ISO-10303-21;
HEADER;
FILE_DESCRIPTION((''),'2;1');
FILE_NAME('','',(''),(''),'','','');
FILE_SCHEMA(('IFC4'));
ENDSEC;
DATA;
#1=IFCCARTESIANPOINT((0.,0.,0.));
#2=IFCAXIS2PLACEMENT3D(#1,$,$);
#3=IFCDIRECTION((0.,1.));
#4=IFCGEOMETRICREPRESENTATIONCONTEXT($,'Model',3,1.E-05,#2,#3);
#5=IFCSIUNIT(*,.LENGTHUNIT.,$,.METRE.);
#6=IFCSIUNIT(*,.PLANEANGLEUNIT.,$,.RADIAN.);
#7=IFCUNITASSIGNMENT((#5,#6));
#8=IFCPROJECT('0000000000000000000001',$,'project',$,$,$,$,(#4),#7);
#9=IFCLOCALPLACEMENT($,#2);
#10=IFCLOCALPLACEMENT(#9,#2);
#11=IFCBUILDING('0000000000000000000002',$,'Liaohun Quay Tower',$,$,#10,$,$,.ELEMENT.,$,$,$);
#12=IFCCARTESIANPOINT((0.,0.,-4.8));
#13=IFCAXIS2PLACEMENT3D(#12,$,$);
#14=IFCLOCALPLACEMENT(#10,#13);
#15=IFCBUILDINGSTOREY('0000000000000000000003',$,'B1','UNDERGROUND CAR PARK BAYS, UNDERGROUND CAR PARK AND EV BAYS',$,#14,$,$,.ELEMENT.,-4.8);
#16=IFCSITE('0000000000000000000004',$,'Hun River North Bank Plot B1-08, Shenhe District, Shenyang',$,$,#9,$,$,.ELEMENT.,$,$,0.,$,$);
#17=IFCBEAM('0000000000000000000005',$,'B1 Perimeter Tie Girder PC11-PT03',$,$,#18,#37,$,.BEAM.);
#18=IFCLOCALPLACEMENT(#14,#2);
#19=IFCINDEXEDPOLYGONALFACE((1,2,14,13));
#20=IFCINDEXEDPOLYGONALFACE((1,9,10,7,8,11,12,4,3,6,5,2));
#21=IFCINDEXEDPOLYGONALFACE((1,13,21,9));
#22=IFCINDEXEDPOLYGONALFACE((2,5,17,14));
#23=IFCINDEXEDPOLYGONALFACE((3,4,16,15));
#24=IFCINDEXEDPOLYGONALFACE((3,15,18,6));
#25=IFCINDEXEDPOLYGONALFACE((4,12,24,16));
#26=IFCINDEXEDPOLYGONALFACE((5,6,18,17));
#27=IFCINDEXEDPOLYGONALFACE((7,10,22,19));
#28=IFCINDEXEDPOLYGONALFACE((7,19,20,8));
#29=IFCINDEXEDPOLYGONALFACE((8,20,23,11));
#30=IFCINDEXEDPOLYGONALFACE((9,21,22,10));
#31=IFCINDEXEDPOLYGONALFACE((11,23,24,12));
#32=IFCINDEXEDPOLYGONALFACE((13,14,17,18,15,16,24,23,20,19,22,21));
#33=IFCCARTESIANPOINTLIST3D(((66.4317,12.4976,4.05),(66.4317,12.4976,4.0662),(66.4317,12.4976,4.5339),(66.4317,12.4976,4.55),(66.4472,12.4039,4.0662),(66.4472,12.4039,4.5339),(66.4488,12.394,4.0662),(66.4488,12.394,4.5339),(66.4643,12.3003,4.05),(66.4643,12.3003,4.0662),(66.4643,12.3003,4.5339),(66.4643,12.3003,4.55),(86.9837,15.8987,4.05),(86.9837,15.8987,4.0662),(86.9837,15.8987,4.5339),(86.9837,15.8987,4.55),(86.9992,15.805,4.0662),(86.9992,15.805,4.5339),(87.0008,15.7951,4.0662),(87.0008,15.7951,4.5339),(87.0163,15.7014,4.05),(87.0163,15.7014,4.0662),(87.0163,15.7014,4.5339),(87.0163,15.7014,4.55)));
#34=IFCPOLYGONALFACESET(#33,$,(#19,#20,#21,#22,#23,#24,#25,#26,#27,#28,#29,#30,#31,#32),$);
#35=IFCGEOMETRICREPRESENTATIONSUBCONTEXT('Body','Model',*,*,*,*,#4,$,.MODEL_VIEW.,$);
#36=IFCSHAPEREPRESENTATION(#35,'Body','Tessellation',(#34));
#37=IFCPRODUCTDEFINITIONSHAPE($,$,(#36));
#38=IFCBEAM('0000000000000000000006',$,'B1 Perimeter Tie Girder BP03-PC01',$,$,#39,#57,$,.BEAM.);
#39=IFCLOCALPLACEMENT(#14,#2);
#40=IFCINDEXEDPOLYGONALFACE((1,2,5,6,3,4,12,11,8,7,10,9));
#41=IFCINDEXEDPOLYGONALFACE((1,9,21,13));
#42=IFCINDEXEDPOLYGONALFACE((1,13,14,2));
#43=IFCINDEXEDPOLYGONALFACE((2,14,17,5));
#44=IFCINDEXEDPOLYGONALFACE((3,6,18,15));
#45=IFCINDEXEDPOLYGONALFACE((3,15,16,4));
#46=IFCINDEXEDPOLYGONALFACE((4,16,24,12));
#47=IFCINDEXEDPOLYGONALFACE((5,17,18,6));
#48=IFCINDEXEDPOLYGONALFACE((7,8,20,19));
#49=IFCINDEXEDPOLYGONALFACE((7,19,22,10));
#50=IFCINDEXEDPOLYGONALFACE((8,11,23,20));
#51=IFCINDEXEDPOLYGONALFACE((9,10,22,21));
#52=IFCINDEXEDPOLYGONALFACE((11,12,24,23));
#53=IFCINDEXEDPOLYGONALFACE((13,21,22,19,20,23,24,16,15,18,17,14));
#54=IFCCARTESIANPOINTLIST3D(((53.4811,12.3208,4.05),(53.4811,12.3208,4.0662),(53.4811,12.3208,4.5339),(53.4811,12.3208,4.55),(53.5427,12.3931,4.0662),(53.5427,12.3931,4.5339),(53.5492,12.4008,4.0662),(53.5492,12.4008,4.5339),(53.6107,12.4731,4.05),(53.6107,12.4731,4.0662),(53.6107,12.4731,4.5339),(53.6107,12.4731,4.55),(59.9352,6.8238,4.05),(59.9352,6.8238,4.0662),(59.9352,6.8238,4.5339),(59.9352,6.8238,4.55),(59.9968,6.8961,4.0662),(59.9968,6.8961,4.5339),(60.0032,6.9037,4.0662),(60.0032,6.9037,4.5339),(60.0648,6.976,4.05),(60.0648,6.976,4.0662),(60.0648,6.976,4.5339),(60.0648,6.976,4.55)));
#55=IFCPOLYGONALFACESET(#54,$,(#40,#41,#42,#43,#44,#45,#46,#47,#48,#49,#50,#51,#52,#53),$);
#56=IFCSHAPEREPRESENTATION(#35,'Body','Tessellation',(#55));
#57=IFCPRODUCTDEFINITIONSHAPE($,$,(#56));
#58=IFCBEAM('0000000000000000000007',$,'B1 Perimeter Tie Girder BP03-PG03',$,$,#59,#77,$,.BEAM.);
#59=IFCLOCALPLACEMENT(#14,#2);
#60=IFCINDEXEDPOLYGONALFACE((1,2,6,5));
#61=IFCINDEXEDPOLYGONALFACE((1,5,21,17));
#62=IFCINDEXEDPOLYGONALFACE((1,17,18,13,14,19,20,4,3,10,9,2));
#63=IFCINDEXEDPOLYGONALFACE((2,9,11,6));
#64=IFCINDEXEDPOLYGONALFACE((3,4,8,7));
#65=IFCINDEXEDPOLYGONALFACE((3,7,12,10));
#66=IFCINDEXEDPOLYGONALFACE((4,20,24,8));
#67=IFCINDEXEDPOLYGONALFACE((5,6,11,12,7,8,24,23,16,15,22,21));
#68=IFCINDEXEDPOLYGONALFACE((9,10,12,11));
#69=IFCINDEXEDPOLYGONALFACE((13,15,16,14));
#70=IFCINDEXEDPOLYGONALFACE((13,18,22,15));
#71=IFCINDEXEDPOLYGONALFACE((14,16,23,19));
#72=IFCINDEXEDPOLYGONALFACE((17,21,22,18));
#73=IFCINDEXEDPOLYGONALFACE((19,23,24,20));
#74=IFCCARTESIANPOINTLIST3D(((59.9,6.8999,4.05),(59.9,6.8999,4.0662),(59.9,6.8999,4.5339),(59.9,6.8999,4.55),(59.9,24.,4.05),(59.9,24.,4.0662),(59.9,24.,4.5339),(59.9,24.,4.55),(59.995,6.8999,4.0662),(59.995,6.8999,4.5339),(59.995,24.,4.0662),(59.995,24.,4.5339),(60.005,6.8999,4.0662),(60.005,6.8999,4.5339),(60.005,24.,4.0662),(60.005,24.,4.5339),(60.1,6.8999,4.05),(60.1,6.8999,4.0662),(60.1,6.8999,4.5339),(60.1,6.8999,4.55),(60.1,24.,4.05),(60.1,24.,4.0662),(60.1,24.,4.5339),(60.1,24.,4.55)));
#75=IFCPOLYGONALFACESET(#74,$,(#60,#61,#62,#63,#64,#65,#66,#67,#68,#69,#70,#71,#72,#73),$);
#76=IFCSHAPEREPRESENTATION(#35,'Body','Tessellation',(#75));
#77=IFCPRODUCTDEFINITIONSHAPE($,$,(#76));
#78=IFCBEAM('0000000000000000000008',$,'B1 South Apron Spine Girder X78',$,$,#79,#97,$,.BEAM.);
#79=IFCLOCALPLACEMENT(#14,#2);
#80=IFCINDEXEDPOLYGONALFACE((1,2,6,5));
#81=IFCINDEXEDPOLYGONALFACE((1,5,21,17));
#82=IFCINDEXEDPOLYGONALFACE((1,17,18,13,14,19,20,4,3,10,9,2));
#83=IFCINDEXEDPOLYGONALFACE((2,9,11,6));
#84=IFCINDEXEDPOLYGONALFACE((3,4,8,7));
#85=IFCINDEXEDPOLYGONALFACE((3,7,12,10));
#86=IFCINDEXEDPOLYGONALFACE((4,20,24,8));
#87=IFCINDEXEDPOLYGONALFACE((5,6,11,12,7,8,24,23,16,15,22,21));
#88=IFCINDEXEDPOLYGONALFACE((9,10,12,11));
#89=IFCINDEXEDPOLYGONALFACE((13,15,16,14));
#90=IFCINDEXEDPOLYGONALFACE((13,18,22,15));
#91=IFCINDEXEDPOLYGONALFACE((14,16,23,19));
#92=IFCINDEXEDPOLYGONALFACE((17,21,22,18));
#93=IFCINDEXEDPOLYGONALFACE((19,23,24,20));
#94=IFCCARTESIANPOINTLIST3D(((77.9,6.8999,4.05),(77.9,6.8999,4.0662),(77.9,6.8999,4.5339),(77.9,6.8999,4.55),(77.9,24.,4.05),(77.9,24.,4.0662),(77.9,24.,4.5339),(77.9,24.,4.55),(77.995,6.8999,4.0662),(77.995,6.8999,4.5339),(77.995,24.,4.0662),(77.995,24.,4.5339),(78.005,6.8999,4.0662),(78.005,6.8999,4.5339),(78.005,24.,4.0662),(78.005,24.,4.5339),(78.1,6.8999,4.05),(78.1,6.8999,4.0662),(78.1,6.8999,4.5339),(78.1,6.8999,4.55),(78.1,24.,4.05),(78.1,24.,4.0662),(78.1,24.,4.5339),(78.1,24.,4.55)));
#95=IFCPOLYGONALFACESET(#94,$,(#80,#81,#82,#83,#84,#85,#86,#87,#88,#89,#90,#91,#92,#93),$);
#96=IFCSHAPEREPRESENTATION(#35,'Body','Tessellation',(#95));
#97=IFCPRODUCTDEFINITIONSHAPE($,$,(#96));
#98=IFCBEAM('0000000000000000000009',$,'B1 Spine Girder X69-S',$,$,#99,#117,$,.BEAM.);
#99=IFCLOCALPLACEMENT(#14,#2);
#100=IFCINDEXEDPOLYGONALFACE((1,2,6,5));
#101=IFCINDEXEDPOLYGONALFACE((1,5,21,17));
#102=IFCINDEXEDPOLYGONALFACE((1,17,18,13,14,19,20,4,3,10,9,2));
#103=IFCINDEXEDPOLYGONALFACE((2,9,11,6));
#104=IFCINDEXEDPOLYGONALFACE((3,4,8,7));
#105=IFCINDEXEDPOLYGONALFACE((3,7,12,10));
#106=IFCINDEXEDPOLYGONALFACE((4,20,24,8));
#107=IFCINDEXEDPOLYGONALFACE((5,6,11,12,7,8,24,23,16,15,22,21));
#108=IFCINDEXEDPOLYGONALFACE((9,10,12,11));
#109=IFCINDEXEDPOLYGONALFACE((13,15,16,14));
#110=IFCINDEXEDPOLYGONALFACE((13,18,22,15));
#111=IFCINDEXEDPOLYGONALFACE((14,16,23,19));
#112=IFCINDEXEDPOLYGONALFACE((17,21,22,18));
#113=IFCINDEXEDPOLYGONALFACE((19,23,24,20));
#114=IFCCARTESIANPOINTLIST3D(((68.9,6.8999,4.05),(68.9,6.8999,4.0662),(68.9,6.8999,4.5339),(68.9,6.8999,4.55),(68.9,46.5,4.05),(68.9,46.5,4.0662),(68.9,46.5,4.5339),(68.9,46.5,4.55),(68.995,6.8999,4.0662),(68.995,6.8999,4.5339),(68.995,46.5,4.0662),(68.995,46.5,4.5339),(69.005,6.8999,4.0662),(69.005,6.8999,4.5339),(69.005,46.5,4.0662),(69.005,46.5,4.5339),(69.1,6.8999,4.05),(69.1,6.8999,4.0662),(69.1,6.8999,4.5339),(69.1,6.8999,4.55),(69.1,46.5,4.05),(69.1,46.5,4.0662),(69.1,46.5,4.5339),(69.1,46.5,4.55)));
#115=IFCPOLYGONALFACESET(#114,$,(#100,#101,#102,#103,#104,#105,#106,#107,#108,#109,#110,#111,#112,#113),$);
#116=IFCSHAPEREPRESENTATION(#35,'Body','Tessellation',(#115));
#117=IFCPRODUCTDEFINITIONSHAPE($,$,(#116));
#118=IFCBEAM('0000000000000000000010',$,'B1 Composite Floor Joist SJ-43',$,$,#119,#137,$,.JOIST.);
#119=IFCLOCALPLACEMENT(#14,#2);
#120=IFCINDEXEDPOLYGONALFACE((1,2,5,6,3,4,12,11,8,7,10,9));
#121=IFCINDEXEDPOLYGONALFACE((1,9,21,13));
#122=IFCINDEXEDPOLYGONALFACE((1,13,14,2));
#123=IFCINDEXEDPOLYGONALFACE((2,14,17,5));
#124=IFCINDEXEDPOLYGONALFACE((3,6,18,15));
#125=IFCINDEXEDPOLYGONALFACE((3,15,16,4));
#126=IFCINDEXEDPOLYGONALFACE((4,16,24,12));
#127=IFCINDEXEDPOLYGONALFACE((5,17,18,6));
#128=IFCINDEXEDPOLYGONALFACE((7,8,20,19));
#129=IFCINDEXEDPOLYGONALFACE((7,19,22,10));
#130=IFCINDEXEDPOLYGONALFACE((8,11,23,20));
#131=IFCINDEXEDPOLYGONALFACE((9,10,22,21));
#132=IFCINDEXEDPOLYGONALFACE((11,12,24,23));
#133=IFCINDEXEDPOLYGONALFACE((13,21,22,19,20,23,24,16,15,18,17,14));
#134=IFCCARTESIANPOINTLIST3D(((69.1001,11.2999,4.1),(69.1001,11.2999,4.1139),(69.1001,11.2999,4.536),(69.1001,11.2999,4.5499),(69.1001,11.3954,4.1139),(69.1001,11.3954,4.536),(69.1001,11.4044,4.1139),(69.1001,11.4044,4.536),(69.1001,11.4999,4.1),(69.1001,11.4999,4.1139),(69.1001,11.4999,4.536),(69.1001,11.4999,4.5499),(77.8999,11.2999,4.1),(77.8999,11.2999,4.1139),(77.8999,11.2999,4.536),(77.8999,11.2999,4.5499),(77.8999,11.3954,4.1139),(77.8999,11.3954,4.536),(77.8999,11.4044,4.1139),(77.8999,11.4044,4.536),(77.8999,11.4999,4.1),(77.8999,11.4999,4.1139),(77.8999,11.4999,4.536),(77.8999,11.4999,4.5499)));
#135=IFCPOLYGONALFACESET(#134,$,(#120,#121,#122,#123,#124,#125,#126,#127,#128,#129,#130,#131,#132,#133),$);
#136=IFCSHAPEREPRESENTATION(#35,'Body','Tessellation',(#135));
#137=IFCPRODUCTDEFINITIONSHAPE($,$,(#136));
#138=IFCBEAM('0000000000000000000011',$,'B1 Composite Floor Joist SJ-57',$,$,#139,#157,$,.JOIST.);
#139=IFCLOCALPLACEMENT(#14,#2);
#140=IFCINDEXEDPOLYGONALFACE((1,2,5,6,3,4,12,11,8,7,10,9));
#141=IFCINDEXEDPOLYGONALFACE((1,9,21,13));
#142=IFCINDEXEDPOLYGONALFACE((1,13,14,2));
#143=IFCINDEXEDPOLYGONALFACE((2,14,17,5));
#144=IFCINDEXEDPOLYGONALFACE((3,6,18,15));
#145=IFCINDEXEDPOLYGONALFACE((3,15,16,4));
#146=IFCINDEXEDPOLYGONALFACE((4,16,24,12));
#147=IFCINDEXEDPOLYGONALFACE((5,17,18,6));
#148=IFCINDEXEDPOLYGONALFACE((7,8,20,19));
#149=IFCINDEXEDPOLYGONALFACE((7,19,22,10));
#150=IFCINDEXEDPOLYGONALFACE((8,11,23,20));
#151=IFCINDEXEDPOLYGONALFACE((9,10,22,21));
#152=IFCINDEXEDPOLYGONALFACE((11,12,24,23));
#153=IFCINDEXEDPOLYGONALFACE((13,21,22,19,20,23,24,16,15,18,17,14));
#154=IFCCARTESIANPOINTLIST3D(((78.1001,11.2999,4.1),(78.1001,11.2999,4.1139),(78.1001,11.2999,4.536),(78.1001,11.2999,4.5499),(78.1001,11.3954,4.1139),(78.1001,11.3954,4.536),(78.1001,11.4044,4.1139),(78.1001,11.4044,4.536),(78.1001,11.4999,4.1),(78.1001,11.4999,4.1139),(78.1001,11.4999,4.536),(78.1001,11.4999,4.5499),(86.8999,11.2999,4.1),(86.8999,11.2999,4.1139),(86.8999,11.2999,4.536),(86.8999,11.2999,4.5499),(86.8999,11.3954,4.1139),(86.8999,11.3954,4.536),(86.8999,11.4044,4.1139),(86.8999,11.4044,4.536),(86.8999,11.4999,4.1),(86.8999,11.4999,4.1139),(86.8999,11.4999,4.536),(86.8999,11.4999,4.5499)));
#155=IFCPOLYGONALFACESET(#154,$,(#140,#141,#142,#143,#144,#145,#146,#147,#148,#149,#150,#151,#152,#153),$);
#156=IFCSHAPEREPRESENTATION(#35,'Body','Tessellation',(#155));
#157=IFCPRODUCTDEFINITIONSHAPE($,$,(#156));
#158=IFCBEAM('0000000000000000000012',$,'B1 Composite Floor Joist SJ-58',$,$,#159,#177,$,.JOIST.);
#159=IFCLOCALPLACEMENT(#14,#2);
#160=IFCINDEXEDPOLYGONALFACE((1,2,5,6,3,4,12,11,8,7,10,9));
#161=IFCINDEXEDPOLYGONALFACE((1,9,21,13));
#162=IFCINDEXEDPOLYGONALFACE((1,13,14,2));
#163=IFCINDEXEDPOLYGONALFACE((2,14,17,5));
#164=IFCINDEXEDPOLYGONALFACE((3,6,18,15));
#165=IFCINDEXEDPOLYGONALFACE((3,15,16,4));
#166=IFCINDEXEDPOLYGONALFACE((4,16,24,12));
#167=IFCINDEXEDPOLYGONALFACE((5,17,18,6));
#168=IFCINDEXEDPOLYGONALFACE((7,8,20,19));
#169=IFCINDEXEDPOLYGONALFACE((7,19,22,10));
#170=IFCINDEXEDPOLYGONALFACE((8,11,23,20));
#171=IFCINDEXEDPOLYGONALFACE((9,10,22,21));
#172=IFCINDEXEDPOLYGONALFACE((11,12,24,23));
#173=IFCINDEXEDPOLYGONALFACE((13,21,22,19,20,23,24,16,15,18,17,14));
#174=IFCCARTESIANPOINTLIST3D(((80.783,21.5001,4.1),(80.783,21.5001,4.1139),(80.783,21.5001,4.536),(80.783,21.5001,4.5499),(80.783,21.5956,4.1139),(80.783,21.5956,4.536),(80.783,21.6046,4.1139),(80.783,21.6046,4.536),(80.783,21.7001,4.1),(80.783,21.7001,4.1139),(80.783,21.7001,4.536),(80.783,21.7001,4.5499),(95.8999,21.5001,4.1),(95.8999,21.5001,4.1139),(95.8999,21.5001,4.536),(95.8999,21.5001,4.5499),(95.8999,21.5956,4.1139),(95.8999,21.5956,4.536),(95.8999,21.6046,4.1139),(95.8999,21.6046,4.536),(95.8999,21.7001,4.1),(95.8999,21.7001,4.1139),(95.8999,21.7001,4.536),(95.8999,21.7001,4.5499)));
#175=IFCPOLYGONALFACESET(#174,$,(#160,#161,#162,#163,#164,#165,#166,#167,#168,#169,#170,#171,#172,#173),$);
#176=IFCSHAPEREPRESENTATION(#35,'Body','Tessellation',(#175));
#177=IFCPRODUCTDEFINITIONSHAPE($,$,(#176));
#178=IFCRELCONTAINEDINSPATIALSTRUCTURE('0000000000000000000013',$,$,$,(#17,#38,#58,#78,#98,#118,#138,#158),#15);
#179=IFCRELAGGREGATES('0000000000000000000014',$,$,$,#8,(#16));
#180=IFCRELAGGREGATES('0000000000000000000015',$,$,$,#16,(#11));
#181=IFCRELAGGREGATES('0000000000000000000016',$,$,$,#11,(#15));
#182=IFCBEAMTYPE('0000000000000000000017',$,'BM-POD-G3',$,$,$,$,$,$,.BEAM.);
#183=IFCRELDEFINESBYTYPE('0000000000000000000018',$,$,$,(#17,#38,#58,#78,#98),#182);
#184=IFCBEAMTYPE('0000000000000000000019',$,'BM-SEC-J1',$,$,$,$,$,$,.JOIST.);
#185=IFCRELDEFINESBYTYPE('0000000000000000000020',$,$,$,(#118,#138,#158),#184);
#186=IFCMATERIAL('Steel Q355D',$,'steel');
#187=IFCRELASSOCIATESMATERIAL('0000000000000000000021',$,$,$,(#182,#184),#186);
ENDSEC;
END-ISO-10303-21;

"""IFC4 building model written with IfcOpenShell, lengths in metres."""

from ifc_helpers import new_model, si_unit, direction, frame, origin, origin_2d, place, context, subcontext, project, spatial, i_section, extrude, source, transform, mapped, material, material_profile, profile_set, type_object, element, save


model = new_model("IFC4")

# Units and contexts
model_context = context("Model", 3, precision=1e-05, world=origin(), true_north=direction((0.0, 1.0)))
body_context = subcontext(model_context, "Body", "Model", "MODEL_VIEW")
ifc_project = project(units=[si_unit("LENGTHUNIT", "METRE"), si_unit("PLANEANGLEUNIT", "RADIAN")], contexts=[model_context])

# Site, building, storey
site_placement = place(None, origin())
site = spatial("IfcSite", under=ifc_project, at=site_placement, Name="Hun River North Bank Plot B1-08, Shenhe District, Shenyang", CompositionType="ELEMENT", RefElevation=0.0)
building_placement = place(site_placement, origin())
building = spatial("IfcBuilding", under=site, at=building_placement, Name="Liaohun Quay Tower", CompositionType="ELEMENT")
storey_placement = place(building_placement, frame((0.0, 0.0, -4.8)))
storey = spatial("IfcBuildingStorey", under=building, at=storey_placement, Name="B1", Description="UNDERGROUND CAR PARK BAYS, UNDERGROUND CAR PARK AND EV BAYS", CompositionType="ELEMENT", Elevation=-4.8)

# Beams
ifc_material_1 = material(Name="Steel Q355D", Category="steel")
ifc_material_profile_1 = material_profile(ifc_material_1, i_section(OverallWidth=0.2, OverallDepth=0.5, WebThickness=0.01, FlangeThickness=0.0161, at=origin_2d()), Name="HN500x200x10x16")
ifc_profile_set_1 = profile_set([ifc_material_profile_1], Name="Steel Q355D")
beam_type_1 = type_object("IfcBeamType", Name="BM-POD-G3", PredefinedType="BEAM", material=ifc_profile_set_1)
shared_shape_1 = source(origin(), body_context, "Body", "SweptSolid", [
    extrude(i_section(OverallWidth=0.2, OverallDepth=0.5, WebThickness=0.01, FlangeThickness=0.0161, at=origin_2d()), origin(), (0.0, 0.0, 1.0), 20.8315),
])
beam_1_placement = place(storey_placement, frame((66.448, 12.3989, 4.3), z_axis=(0.986582, 0.163268, 0.0), x_axis=(-0.163268, 0.986582, 0.0)))
element("IfcBeam", 1, at=beam_1_placement, inside=storey, type_object=beam_type_1, Name="B1 Perimeter Tie Girder PC11-PT03", PredefinedType="BEAM", context=body_context, shape_type="MappedRepresentation", body=[
    mapped(shared_shape_1, transform((0.0, 0.0, 0.0), x_axis=(1.0, 0.0, 0.0), y_axis=(0.0, 1.0, 0.0), z_axis=(0.0, 0.0, 1.0), scale=1.0)),
])
shared_shape_2 = source(origin(), body_context, "Body", "SweptSolid", [
    extrude(i_section(OverallWidth=0.2, OverallDepth=0.5, WebThickness=0.01, FlangeThickness=0.0161, at=origin_2d()), origin(), (0.0, 0.0, 1.0), 8.4778),
])
beam_2_placement = place(storey_placement, frame((60.0, 6.8999, 4.3), z_axis=(-0.761294, 0.648407, 0.0), x_axis=(-0.648407, -0.761294, 0.0)))
element("IfcBeam", 2, at=beam_2_placement, inside=storey, type_object=beam_type_1, Name="B1 Perimeter Tie Girder BP03-PC01", PredefinedType="BEAM", context=body_context, shape_type="MappedRepresentation", body=[
    mapped(shared_shape_2, transform((0.0, 0.0, 0.0), x_axis=(1.0, 0.0, 0.0), y_axis=(0.0, 1.0, 0.0), z_axis=(0.0, 0.0, 1.0), scale=1.0)),
])
shared_shape_3 = source(origin(), body_context, "Body", "SweptSolid", [
    extrude(i_section(OverallWidth=0.2, OverallDepth=0.5, WebThickness=0.01, FlangeThickness=0.0161, at=origin_2d()), origin(), (0.0, 0.0, 1.0), 17.1001),
])
for number, where, z_axis, x_axis, name in (
    (3, (60.0, 6.8999, 4.3), (0.0, 1.0, 0.0), (-1.0, 0.0, 0.0), "B1 Perimeter Tie Girder BP03-PG03"),
    (4, (78.0, 6.8999, 4.3), (0.0, 1.0, 0.0), (-1.0, 0.0, 0.0), "B1 South Apron Spine Girder X78"),
):
    element("IfcBeam", number, at=place(storey_placement, frame(where, z_axis=z_axis, x_axis=x_axis)), inside=storey, type_object=beam_type_1, Name=name, PredefinedType="BEAM", context=body_context, shape_type="MappedRepresentation", body=[
        mapped(shared_shape_3, transform((0.0, 0.0, 0.0), x_axis=(1.0, 0.0, 0.0), y_axis=(0.0, 1.0, 0.0), z_axis=(0.0, 0.0, 1.0), scale=1.0)),
    ])
shared_shape_4 = source(origin(), body_context, "Body", "SweptSolid", [
    extrude(i_section(OverallWidth=0.2, OverallDepth=0.5, WebThickness=0.01, FlangeThickness=0.0161, at=origin_2d()), origin(), (0.0, 0.0, 1.0), 39.6001),
])
beam_3_placement = place(storey_placement, frame((69.0, 6.8999, 4.3), z_axis=(0.0, 1.0, 0.0), x_axis=(-1.0, 0.0, 0.0)))
element("IfcBeam", 5, at=beam_3_placement, inside=storey, type_object=beam_type_1, Name="B1 Spine Girder X69-S", PredefinedType="BEAM", context=body_context, shape_type="MappedRepresentation", body=[
    mapped(shared_shape_4, transform((0.0, 0.0, 0.0), x_axis=(1.0, 0.0, 0.0), y_axis=(0.0, 1.0, 0.0), z_axis=(0.0, 0.0, 1.0), scale=1.0)),
])
ifc_material_profile_2 = material_profile(ifc_material_1, i_section(OverallWidth=0.2, OverallDepth=0.45, WebThickness=0.009, FlangeThickness=0.0139, at=origin_2d()), Name="HN450x200x9x14")
ifc_profile_set_2 = profile_set([ifc_material_profile_2], Name="Steel Q355D")
beam_type_2 = type_object("IfcBeamType", Name="BM-SEC-J1", PredefinedType="JOIST", material=ifc_profile_set_2)
shared_shape_5 = source(origin(), body_context, "Body", "SweptSolid", [
    extrude(i_section(OverallWidth=0.2, OverallDepth=0.45, WebThickness=0.009, FlangeThickness=0.0139, at=origin_2d()), origin(), (0.0, 0.0, 1.0), 8.7998),
])
for number, where, z_axis, x_axis, name in (
    (6, (69.1001, 11.3999, 4.325), (1.0, 0.0, 0.0), (0.0, 1.0, 0.0), "B1 Composite Floor Joist SJ-43"),
    (7, (78.1001, 11.3999, 4.325), (1.0, 0.0, 0.0), (0.0, 1.0, 0.0), "B1 Composite Floor Joist SJ-57"),
):
    element("IfcBeam", number, at=place(storey_placement, frame(where, z_axis=z_axis, x_axis=x_axis)), inside=storey, type_object=beam_type_2, Name=name, PredefinedType="JOIST", context=body_context, shape_type="MappedRepresentation", body=[
        mapped(shared_shape_5, transform((0.0, 0.0, 0.0), x_axis=(1.0, 0.0, 0.0), y_axis=(0.0, 1.0, 0.0), z_axis=(0.0, 0.0, 1.0), scale=1.0)),
    ])
shared_shape_6 = source(origin(), body_context, "Body", "SweptSolid", [
    extrude(i_section(OverallWidth=0.2, OverallDepth=0.45, WebThickness=0.009, FlangeThickness=0.0139, at=origin_2d()), origin(), (0.0, 0.0, 1.0), 15.1169),
])
beam_4_placement = place(storey_placement, frame((80.783, 21.6001, 4.325), z_axis=(1.0, 0.0, 0.0), x_axis=(0.0, 1.0, 0.0)))
element("IfcBeam", 8, at=beam_4_placement, inside=storey, type_object=beam_type_2, Name="B1 Composite Floor Joist SJ-58", PredefinedType="JOIST", context=body_context, shape_type="MappedRepresentation", body=[
    mapped(shared_shape_6, transform((0.0, 0.0, 0.0), x_axis=(1.0, 0.0, 0.0), y_axis=(0.0, 1.0, 0.0), z_axis=(0.0, 0.0, 1.0), scale=1.0)),
])

save(model, "model.ifc")
